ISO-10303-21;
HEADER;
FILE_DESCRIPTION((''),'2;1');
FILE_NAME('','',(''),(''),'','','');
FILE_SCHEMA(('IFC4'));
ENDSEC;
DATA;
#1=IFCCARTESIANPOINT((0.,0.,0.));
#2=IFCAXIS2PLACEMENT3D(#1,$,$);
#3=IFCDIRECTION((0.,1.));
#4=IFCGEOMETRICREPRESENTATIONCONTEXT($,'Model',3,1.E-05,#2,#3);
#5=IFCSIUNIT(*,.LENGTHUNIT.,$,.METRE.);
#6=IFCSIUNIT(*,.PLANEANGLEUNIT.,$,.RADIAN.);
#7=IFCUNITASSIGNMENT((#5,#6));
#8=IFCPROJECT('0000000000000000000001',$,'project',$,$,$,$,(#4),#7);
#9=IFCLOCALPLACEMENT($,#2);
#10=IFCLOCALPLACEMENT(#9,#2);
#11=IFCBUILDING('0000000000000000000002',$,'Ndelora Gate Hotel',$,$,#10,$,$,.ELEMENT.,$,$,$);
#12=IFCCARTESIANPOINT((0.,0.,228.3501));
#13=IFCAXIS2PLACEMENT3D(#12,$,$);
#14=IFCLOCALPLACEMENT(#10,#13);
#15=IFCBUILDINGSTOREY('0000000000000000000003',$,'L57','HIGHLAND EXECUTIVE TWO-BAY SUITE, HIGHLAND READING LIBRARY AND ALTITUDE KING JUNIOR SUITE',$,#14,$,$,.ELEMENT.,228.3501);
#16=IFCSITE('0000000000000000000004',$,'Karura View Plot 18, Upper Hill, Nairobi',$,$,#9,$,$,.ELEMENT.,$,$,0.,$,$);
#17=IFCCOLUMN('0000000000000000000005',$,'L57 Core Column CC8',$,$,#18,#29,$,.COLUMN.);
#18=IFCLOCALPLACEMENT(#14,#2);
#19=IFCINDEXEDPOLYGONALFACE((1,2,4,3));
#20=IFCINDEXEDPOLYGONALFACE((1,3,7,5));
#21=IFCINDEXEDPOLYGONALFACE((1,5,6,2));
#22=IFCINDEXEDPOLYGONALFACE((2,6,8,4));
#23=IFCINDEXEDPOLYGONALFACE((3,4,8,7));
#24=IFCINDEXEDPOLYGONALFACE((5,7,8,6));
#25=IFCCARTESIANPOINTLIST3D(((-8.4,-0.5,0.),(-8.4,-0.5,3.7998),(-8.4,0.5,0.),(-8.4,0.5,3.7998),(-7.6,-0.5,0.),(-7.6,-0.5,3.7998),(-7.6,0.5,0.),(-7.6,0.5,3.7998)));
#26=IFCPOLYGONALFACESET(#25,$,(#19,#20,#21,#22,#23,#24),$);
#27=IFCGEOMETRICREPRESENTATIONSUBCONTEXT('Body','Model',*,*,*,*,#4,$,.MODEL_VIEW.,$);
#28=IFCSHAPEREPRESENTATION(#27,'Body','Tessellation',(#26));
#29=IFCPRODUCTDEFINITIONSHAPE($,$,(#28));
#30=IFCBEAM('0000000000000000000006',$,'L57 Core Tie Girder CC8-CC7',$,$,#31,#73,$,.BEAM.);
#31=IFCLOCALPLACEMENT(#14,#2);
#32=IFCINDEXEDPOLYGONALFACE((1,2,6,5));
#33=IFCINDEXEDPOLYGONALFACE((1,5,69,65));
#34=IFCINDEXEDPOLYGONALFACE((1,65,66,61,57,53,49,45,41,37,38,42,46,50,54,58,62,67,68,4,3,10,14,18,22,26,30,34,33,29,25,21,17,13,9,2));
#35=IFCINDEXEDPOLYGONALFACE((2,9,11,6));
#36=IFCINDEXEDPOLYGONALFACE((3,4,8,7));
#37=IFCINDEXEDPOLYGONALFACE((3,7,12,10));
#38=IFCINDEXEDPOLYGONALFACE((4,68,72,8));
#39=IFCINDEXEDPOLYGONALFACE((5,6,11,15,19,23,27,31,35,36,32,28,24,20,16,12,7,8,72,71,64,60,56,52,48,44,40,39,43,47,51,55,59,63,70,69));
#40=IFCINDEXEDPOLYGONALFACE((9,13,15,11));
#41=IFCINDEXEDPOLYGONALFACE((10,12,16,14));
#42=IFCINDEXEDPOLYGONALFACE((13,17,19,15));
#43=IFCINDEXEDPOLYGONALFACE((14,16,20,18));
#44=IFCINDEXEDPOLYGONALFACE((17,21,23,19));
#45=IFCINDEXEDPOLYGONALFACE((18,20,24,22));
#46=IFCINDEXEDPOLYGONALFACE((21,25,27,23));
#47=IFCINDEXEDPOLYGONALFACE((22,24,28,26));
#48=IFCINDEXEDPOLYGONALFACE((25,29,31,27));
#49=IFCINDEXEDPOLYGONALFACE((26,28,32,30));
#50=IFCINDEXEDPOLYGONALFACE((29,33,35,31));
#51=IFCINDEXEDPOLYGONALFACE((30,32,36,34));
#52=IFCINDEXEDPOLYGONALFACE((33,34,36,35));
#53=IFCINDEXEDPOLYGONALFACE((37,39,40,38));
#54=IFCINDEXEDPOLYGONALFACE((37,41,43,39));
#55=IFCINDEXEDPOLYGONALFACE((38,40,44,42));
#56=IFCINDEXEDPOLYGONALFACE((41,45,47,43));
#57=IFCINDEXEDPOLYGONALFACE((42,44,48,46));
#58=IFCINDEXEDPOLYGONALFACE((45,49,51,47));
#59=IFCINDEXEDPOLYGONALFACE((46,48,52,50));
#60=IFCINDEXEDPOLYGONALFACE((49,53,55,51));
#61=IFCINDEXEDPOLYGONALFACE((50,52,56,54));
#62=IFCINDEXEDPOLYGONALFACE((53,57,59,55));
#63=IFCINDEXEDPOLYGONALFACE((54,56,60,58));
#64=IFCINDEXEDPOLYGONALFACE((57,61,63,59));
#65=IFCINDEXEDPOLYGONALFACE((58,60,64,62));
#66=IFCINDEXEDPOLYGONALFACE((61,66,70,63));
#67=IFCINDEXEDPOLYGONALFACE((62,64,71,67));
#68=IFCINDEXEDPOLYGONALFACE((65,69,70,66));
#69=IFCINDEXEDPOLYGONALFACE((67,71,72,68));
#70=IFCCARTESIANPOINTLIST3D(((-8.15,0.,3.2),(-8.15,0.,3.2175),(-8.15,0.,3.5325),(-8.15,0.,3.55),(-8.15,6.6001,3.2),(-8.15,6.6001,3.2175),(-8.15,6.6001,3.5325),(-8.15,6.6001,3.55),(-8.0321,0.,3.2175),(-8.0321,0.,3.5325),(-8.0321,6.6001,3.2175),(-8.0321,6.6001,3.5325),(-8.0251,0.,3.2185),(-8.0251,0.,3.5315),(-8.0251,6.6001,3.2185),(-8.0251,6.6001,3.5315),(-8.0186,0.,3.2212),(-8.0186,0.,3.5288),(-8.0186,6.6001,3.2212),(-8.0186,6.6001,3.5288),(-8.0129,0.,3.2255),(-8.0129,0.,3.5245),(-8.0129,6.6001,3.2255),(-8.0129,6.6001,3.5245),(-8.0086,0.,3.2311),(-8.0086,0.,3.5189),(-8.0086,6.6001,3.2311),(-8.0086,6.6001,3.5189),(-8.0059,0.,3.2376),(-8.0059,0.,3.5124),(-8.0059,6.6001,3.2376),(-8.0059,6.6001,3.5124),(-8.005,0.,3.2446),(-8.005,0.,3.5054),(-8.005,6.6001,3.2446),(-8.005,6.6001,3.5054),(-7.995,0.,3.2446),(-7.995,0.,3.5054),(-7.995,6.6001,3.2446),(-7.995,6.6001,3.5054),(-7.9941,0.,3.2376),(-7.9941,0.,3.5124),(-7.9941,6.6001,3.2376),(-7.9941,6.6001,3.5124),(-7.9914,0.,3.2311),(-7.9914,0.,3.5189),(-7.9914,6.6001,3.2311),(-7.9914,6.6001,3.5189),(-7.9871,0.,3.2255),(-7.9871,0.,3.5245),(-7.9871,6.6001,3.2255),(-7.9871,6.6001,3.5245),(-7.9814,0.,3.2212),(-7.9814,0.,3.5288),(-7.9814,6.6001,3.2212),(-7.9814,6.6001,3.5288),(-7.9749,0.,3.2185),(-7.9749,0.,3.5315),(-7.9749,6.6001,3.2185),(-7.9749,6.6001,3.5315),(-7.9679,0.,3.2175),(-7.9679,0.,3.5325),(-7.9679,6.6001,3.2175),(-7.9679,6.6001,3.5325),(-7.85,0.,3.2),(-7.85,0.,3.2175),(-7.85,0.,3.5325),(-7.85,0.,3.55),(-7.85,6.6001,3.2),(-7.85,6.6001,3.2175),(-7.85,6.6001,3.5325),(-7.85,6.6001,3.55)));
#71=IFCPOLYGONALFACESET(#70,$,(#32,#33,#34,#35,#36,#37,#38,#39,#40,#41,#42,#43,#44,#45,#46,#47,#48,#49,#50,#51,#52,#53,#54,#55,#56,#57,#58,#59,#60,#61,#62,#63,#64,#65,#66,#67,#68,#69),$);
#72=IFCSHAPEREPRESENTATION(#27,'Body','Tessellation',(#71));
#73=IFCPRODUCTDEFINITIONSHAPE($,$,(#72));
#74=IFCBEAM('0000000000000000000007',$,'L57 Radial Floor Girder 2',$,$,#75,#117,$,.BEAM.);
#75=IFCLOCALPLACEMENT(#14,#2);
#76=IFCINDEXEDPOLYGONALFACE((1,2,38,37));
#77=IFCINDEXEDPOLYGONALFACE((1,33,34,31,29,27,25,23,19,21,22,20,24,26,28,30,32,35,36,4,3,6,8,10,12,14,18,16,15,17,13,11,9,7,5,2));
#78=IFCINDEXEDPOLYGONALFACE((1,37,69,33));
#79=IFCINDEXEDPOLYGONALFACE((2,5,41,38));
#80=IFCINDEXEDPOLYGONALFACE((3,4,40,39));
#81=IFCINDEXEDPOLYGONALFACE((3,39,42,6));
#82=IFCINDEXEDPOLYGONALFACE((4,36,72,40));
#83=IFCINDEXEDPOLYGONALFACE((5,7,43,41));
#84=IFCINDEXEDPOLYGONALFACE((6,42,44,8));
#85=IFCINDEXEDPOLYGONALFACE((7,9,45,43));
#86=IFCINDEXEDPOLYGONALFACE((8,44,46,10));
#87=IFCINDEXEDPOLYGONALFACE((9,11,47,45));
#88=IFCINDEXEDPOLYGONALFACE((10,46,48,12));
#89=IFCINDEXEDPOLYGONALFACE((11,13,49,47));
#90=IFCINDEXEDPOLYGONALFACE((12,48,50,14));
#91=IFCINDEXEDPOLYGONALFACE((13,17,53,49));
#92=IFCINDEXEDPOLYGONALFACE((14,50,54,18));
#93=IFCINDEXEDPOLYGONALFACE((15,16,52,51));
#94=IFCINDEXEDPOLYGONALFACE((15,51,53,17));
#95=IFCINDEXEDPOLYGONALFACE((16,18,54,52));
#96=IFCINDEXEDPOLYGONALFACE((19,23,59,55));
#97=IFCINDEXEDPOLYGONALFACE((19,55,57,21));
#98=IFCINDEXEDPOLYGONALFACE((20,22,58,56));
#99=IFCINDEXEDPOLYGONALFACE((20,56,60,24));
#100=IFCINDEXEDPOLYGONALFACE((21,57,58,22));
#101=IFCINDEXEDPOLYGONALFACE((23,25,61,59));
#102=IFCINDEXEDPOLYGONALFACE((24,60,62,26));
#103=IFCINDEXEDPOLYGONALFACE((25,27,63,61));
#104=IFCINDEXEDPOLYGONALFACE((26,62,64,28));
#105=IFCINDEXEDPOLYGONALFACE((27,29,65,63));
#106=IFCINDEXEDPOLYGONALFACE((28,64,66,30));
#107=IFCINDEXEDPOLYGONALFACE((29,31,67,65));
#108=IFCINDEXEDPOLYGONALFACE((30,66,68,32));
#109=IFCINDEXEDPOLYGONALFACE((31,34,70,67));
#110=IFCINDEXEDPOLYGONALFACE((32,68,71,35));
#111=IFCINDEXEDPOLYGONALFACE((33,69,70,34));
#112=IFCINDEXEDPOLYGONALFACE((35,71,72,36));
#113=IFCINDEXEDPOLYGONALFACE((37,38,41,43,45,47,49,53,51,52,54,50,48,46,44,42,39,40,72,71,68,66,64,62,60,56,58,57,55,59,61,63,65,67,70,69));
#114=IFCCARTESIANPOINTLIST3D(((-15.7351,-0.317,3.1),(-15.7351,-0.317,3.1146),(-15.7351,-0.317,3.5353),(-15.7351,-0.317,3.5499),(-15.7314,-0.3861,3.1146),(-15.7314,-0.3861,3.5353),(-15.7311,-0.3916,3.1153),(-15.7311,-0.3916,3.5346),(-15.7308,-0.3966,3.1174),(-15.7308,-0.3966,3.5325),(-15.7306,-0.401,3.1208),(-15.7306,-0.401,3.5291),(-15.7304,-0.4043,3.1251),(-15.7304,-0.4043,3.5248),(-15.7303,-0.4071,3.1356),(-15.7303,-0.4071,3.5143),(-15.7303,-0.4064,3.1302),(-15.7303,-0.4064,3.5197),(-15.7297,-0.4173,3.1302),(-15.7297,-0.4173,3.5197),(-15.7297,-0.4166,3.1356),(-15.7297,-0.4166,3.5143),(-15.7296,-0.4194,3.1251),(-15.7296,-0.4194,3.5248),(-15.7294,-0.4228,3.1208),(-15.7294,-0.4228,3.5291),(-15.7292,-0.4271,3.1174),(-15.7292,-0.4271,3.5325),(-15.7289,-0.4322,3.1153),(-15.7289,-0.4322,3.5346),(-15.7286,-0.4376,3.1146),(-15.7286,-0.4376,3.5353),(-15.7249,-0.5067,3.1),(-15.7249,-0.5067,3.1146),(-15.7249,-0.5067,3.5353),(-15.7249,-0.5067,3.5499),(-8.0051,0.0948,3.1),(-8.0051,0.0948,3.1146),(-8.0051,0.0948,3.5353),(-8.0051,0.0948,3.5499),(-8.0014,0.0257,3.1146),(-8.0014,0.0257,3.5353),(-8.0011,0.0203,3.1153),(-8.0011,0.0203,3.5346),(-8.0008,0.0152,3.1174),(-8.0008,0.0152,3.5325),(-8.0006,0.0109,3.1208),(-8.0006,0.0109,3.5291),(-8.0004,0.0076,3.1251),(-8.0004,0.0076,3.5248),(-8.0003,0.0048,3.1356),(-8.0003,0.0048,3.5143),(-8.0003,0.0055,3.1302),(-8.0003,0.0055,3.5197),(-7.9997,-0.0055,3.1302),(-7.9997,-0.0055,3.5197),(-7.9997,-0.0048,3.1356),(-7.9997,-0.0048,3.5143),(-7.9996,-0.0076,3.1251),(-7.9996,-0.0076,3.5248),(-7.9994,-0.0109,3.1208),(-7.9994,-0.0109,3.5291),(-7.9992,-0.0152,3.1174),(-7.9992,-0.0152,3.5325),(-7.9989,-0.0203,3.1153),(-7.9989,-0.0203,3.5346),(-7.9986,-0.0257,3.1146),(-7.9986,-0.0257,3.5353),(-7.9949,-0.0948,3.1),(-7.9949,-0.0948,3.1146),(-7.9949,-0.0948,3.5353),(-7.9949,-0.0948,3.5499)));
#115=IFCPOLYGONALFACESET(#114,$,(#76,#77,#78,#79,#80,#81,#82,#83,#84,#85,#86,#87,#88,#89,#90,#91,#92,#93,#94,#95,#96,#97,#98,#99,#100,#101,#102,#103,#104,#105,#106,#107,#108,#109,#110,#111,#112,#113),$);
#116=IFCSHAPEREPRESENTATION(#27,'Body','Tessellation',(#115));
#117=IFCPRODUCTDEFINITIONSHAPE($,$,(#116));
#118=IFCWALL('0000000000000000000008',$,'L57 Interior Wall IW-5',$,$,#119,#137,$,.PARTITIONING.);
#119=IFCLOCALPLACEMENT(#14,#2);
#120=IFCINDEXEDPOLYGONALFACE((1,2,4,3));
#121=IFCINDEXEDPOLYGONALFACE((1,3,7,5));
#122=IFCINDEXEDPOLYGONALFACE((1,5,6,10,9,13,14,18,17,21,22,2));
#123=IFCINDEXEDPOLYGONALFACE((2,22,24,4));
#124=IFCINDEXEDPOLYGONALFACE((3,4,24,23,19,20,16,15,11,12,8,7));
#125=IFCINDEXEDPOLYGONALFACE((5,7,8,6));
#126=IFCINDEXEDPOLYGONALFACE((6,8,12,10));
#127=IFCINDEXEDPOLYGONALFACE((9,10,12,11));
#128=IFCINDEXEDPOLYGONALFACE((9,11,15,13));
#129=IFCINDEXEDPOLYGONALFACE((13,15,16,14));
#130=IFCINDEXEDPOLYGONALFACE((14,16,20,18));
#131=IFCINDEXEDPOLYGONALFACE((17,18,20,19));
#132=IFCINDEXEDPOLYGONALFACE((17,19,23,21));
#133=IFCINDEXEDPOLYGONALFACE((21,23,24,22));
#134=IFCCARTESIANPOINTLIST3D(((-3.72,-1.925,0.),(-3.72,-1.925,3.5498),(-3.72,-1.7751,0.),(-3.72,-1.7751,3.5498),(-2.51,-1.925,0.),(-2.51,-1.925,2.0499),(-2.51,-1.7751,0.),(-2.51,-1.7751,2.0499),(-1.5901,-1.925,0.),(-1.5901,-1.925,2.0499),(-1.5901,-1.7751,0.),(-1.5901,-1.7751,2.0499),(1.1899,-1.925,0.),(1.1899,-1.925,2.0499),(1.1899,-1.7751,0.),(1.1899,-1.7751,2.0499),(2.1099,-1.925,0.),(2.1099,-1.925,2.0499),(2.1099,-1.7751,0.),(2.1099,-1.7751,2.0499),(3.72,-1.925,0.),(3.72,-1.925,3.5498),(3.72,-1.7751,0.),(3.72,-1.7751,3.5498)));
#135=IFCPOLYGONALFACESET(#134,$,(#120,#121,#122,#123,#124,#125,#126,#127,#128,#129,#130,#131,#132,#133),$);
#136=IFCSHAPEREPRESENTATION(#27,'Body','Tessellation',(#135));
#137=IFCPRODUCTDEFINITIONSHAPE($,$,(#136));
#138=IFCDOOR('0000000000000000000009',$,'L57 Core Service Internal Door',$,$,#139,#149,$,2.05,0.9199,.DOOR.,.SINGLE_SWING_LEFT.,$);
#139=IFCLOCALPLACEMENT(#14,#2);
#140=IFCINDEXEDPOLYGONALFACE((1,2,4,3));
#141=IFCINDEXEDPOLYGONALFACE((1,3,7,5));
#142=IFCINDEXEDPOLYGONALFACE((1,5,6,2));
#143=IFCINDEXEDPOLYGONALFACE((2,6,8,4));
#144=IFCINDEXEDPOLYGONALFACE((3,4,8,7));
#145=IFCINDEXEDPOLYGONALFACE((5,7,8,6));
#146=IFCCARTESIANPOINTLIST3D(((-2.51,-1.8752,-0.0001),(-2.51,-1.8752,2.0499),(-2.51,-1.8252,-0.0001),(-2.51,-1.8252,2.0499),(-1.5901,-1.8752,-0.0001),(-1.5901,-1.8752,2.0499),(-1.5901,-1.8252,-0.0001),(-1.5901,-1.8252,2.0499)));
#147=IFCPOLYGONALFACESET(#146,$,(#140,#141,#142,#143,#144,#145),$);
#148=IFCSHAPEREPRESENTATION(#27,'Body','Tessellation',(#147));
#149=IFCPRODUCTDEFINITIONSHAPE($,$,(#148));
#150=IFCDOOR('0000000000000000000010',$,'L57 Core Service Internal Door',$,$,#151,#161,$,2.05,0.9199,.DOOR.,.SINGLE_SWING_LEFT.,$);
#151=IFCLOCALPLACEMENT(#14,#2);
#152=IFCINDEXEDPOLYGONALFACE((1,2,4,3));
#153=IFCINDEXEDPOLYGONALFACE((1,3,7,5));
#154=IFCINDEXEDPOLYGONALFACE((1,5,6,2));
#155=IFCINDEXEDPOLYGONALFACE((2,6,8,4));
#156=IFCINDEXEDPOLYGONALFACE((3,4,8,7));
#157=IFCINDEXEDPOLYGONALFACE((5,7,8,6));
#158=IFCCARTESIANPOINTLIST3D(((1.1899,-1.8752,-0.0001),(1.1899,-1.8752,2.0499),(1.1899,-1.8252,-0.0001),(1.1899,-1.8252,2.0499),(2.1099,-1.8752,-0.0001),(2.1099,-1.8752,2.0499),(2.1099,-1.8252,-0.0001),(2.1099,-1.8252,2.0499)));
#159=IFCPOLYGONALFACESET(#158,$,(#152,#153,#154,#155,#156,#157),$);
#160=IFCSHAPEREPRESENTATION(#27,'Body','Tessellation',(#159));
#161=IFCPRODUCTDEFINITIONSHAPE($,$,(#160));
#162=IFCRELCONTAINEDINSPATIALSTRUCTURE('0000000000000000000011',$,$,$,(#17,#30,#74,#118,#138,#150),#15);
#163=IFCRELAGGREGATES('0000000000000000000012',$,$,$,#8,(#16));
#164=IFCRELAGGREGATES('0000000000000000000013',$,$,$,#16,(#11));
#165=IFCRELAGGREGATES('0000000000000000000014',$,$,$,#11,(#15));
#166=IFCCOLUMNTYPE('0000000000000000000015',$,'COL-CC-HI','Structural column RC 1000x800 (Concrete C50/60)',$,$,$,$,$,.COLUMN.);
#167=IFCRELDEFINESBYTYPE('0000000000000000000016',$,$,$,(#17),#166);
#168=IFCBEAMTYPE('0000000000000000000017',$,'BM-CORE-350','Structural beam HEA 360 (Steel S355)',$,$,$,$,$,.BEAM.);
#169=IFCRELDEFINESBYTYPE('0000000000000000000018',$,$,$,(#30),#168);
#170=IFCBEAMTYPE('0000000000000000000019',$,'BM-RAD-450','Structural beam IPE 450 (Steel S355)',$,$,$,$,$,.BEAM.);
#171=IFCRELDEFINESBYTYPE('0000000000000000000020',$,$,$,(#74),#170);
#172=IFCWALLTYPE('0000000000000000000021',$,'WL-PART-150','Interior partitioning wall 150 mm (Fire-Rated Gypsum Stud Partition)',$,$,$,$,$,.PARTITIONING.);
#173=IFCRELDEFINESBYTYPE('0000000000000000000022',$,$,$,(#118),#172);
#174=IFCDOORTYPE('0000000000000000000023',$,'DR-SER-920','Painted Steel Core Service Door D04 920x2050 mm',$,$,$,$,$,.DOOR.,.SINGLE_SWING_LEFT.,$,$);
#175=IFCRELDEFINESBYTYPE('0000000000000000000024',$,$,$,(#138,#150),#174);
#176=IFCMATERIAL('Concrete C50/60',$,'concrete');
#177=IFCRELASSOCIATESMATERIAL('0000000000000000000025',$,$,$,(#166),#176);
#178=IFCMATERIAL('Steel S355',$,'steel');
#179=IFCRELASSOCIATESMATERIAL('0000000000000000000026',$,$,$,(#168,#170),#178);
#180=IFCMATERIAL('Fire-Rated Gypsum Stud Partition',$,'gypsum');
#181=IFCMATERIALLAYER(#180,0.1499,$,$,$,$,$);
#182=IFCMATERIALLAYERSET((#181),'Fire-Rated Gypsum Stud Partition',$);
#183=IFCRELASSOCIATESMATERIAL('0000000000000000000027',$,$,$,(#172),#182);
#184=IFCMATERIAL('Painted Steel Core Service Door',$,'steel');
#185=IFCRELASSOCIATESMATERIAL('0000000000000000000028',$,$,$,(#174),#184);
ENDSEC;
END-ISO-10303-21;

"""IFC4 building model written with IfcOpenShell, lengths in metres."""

from ifc_helpers import new_model, si_unit, direction, frame, frame_2d, origin, origin_2d, place, context, subcontext, project, spatial, rectangle, i_section, extrude, material, layer, layer_set, material_profile, profile_set, type_object, element, fill, save


model = new_model("IFC4")

# Units and contexts
model_context = context("Model", 3, precision=1e-05, world=origin(), true_north=direction((0.0, 1.0)))
body_context = subcontext(model_context, "Body", "Model", "MODEL_VIEW")
ifc_project = project(units=[si_unit("LENGTHUNIT", "METRE"), si_unit("PLANEANGLEUNIT", "RADIAN")], contexts=[model_context])

# Site, building, storey
site_placement = place(None, origin())
site = spatial("IfcSite", under=ifc_project, at=site_placement, Name="Karura View Plot 18, Upper Hill, Nairobi", CompositionType="ELEMENT", RefElevation=0.0)
building_placement = place(site_placement, origin())
building = spatial("IfcBuilding", under=site, at=building_placement, Name="Ndelora Gate Hotel", CompositionType="ELEMENT")
storey_placement = place(building_placement, frame((0.0, 0.0, 228.3501)))
storey = spatial("IfcBuildingStorey", under=building, at=storey_placement, Name="L57", Description="HIGHLAND EXECUTIVE TWO-BAY SUITE, HIGHLAND READING LIBRARY AND ALTITUDE KING JUNIOR SUITE", CompositionType="ELEMENT", Elevation=228.3501)

# Column
ifc_material_1 = material(Name="Concrete C50/60", Category="concrete")
ifc_material_profile_1 = material_profile(ifc_material_1, rectangle(XDim=0.8, YDim=1.0, at=origin_2d()), Name="RC 1000x800")
ifc_profile_set_1 = profile_set([ifc_material_profile_1], Name="Concrete C50/60")
column_type = type_object("IfcColumnType", Name="COL-CC-HI", Description="Structural column RC 1000x800 (Concrete C50/60)", PredefinedType="COLUMN", material=ifc_profile_set_1)
column_placement = place(storey_placement, frame((-8.0, 0.0, 0.0), z_axis=(0.0, 0.0, 1.0), x_axis=(1.0, 0.0, 0.0)))
element("IfcColumn", 1, at=column_placement, inside=storey, type_object=column_type, Name="L57 Core Column CC8", PredefinedType="COLUMN", context=body_context, shape_type="SweptSolid", body=[
    extrude(rectangle(XDim=0.8, YDim=1.0, at=origin_2d()), origin(), (0.0, 0.0, 1.0), 3.7998),
])

# Beams
ifc_material_2 = material(Name="Steel S355", Category="steel")
ifc_material_profile_2 = material_profile(ifc_material_2, i_section(OverallWidth=0.3, OverallDepth=0.3501, WebThickness=0.01, FlangeThickness=0.0176, FilletRadius=0.0271, at=origin_2d()), Name="HEA 360")
ifc_profile_set_2 = profile_set([ifc_material_profile_2], Name="Steel S355")
beam_type_1 = type_object("IfcBeamType", Name="BM-CORE-350", Description="Structural beam HEA 360 (Steel S355)", PredefinedType="BEAM", material=ifc_profile_set_2)
beam_1_placement = place(storey_placement, frame((-8.0, 0.0, 3.375), z_axis=(0.0, 1.0, 0.0), x_axis=(-1.0, 0.0, 0.0)))
element("IfcBeam", 2, at=beam_1_placement, inside=storey, type_object=beam_type_1, Name="L57 Core Tie Girder CC8-CC7", PredefinedType="BEAM", context=body_context, shape_type="SweptSolid", body=[
    extrude(i_section(OverallWidth=0.3, OverallDepth=0.3501, WebThickness=0.01, FlangeThickness=0.0176, FilletRadius=0.0271, at=origin_2d()), origin(), (0.0, 0.0, 1.0), 6.6001),
])
ifc_material_profile_3 = material_profile(ifc_material_2, i_section(OverallWidth=0.1899, OverallDepth=0.45, WebThickness=0.0095, FlangeThickness=0.0146, FilletRadius=0.021, at=origin_2d()), Name="IPE 450")
ifc_profile_set_3 = profile_set([ifc_material_profile_3], Name="Steel S355")
beam_type_2 = type_object("IfcBeamType", Name="BM-RAD-450", Description="Structural beam IPE 450 (Steel S355)", PredefinedType="BEAM", material=ifc_profile_set_3)
beam_2_placement = place(storey_placement, frame((-8.0, 0.0, 3.325), z_axis=(-0.998584, -0.053206, 0.0), x_axis=(0.053206, -0.998584, 0.0)))
element("IfcBeam", 3, at=beam_2_placement, inside=storey, type_object=beam_type_2, Name="L57 Radial Floor Girder 2", PredefinedType="BEAM", context=body_context, shape_type="SweptSolid", body=[
    extrude(i_section(OverallWidth=0.1899, OverallDepth=0.45, WebThickness=0.0095, FlangeThickness=0.0146, FilletRadius=0.021, at=origin_2d()), origin(), (0.0, 0.0, 1.0), 7.741),
])

# Wall, openings, doors
ifc_material_3 = material(Name="Fire-Rated Gypsum Stud Partition", Category="gypsum")
ifc_layer_1 = layer(ifc_material_3, 0.1499)
ifc_layer_set_1 = layer_set([ifc_layer_1], Name="Fire-Rated Gypsum Stud Partition")
wall_type_1 = type_object("IfcWallType", Name="WL-PART-150", Description="Interior partitioning wall 150 mm (Fire-Rated Gypsum Stud Partition)", PredefinedType="PARTITIONING", material=ifc_layer_set_1)
wall_1_placement = place(storey_placement, frame((-3.72, -1.8501, 0.0), z_axis=(0.0, 0.0, 1.0), x_axis=(1.0, 0.0, 0.0)))
wall_1 = element("IfcWall", 4, at=wall_1_placement, inside=storey, type_object=wall_type_1, Name="L57 Interior Wall IW-5", PredefinedType="PARTITIONING", context=body_context, shape_type="SweptSolid", body=[
    extrude(rectangle(XDim=7.4399, YDim=0.1499, at=frame_2d((3.72, 0.0))), origin(), (0.0, 0.0, 1.0), 3.5498),
])
opening_1_placement = place(wall_1_placement, frame((1.21, 0.0, 0.0)))
opening_1 = element("IfcOpeningElement", 5, at=opening_1_placement, cuts=wall_1, PredefinedType="OPENING", context=body_context, shape_type="SweptSolid", body=[
    extrude(rectangle(XDim=0.9199, YDim=2.05, at=frame_2d((0.46, 1.0249))), frame((0.0, 0.085, 0.0), z_axis=(0.0, -1.0, 0.0), x_axis=(1.0, 0.0, 0.0)), (0.0, 0.0, 1.0), 0.1699),
])
opening_2_placement = place(wall_1_placement, frame((4.9099, 0.0, 0.0)))
opening_2 = element("IfcOpeningElement", 6, at=opening_2_placement, cuts=wall_1, PredefinedType="OPENING", context=body_context, shape_type="SweptSolid", body=[
    extrude(rectangle(XDim=0.9199, YDim=2.05, at=frame_2d((0.46, 1.0249))), frame((0.0, 0.085, 0.0), z_axis=(0.0, -1.0, 0.0), x_axis=(1.0, 0.0, 0.0)), (0.0, 0.0, 1.0), 0.1699),
])
ifc_material_4 = material(Name="Painted Steel Core Service Door", Category="steel")
door_type_1 = type_object("IfcDoorType", Name="DR-SER-920", Description="Painted Steel Core Service Door D04 920x2050 mm", OperationType="SINGLE_SWING_LEFT", PredefinedType="DOOR", material=ifc_material_4)
door_1_placement = place(opening_1_placement, origin())
door_1 = element("IfcDoor", 7, at=door_1_placement, inside=storey, type_object=door_type_1, Name="L57 Core Service Internal Door", OperationType="SINGLE_SWING_LEFT", OverallHeight=2.05, OverallWidth=0.9199, PredefinedType="DOOR", context=body_context, shape_type="SweptSolid", body=[
    extrude(rectangle(XDim=0.9199, YDim=2.05, at=frame_2d((0.46, 1.0249))), frame((0.0, 0.0249, 0.0), z_axis=(0.0, -1.0, 0.0), x_axis=(1.0, 0.0, 0.0)), (0.0, 0.0, 1.0), 0.05),
])
fill(opening_1, door_1)
door_2_placement = place(opening_2_placement, origin())
door_2 = element("IfcDoor", 8, at=door_2_placement, inside=storey, type_object=door_type_1, Name="L57 Core Service Internal Door", OperationType="SINGLE_SWING_LEFT", OverallHeight=2.05, OverallWidth=0.9199, PredefinedType="DOOR", context=body_context, shape_type="SweptSolid", body=[
    extrude(rectangle(XDim=0.9199, YDim=2.05, at=frame_2d((0.46, 1.0249))), frame((0.0, 0.0249, 0.0), z_axis=(0.0, -1.0, 0.0), x_axis=(1.0, 0.0, 0.0)), (0.0, 0.0, 1.0), 0.05),
])
fill(opening_2, door_2)

save(model, "model.ifc")
